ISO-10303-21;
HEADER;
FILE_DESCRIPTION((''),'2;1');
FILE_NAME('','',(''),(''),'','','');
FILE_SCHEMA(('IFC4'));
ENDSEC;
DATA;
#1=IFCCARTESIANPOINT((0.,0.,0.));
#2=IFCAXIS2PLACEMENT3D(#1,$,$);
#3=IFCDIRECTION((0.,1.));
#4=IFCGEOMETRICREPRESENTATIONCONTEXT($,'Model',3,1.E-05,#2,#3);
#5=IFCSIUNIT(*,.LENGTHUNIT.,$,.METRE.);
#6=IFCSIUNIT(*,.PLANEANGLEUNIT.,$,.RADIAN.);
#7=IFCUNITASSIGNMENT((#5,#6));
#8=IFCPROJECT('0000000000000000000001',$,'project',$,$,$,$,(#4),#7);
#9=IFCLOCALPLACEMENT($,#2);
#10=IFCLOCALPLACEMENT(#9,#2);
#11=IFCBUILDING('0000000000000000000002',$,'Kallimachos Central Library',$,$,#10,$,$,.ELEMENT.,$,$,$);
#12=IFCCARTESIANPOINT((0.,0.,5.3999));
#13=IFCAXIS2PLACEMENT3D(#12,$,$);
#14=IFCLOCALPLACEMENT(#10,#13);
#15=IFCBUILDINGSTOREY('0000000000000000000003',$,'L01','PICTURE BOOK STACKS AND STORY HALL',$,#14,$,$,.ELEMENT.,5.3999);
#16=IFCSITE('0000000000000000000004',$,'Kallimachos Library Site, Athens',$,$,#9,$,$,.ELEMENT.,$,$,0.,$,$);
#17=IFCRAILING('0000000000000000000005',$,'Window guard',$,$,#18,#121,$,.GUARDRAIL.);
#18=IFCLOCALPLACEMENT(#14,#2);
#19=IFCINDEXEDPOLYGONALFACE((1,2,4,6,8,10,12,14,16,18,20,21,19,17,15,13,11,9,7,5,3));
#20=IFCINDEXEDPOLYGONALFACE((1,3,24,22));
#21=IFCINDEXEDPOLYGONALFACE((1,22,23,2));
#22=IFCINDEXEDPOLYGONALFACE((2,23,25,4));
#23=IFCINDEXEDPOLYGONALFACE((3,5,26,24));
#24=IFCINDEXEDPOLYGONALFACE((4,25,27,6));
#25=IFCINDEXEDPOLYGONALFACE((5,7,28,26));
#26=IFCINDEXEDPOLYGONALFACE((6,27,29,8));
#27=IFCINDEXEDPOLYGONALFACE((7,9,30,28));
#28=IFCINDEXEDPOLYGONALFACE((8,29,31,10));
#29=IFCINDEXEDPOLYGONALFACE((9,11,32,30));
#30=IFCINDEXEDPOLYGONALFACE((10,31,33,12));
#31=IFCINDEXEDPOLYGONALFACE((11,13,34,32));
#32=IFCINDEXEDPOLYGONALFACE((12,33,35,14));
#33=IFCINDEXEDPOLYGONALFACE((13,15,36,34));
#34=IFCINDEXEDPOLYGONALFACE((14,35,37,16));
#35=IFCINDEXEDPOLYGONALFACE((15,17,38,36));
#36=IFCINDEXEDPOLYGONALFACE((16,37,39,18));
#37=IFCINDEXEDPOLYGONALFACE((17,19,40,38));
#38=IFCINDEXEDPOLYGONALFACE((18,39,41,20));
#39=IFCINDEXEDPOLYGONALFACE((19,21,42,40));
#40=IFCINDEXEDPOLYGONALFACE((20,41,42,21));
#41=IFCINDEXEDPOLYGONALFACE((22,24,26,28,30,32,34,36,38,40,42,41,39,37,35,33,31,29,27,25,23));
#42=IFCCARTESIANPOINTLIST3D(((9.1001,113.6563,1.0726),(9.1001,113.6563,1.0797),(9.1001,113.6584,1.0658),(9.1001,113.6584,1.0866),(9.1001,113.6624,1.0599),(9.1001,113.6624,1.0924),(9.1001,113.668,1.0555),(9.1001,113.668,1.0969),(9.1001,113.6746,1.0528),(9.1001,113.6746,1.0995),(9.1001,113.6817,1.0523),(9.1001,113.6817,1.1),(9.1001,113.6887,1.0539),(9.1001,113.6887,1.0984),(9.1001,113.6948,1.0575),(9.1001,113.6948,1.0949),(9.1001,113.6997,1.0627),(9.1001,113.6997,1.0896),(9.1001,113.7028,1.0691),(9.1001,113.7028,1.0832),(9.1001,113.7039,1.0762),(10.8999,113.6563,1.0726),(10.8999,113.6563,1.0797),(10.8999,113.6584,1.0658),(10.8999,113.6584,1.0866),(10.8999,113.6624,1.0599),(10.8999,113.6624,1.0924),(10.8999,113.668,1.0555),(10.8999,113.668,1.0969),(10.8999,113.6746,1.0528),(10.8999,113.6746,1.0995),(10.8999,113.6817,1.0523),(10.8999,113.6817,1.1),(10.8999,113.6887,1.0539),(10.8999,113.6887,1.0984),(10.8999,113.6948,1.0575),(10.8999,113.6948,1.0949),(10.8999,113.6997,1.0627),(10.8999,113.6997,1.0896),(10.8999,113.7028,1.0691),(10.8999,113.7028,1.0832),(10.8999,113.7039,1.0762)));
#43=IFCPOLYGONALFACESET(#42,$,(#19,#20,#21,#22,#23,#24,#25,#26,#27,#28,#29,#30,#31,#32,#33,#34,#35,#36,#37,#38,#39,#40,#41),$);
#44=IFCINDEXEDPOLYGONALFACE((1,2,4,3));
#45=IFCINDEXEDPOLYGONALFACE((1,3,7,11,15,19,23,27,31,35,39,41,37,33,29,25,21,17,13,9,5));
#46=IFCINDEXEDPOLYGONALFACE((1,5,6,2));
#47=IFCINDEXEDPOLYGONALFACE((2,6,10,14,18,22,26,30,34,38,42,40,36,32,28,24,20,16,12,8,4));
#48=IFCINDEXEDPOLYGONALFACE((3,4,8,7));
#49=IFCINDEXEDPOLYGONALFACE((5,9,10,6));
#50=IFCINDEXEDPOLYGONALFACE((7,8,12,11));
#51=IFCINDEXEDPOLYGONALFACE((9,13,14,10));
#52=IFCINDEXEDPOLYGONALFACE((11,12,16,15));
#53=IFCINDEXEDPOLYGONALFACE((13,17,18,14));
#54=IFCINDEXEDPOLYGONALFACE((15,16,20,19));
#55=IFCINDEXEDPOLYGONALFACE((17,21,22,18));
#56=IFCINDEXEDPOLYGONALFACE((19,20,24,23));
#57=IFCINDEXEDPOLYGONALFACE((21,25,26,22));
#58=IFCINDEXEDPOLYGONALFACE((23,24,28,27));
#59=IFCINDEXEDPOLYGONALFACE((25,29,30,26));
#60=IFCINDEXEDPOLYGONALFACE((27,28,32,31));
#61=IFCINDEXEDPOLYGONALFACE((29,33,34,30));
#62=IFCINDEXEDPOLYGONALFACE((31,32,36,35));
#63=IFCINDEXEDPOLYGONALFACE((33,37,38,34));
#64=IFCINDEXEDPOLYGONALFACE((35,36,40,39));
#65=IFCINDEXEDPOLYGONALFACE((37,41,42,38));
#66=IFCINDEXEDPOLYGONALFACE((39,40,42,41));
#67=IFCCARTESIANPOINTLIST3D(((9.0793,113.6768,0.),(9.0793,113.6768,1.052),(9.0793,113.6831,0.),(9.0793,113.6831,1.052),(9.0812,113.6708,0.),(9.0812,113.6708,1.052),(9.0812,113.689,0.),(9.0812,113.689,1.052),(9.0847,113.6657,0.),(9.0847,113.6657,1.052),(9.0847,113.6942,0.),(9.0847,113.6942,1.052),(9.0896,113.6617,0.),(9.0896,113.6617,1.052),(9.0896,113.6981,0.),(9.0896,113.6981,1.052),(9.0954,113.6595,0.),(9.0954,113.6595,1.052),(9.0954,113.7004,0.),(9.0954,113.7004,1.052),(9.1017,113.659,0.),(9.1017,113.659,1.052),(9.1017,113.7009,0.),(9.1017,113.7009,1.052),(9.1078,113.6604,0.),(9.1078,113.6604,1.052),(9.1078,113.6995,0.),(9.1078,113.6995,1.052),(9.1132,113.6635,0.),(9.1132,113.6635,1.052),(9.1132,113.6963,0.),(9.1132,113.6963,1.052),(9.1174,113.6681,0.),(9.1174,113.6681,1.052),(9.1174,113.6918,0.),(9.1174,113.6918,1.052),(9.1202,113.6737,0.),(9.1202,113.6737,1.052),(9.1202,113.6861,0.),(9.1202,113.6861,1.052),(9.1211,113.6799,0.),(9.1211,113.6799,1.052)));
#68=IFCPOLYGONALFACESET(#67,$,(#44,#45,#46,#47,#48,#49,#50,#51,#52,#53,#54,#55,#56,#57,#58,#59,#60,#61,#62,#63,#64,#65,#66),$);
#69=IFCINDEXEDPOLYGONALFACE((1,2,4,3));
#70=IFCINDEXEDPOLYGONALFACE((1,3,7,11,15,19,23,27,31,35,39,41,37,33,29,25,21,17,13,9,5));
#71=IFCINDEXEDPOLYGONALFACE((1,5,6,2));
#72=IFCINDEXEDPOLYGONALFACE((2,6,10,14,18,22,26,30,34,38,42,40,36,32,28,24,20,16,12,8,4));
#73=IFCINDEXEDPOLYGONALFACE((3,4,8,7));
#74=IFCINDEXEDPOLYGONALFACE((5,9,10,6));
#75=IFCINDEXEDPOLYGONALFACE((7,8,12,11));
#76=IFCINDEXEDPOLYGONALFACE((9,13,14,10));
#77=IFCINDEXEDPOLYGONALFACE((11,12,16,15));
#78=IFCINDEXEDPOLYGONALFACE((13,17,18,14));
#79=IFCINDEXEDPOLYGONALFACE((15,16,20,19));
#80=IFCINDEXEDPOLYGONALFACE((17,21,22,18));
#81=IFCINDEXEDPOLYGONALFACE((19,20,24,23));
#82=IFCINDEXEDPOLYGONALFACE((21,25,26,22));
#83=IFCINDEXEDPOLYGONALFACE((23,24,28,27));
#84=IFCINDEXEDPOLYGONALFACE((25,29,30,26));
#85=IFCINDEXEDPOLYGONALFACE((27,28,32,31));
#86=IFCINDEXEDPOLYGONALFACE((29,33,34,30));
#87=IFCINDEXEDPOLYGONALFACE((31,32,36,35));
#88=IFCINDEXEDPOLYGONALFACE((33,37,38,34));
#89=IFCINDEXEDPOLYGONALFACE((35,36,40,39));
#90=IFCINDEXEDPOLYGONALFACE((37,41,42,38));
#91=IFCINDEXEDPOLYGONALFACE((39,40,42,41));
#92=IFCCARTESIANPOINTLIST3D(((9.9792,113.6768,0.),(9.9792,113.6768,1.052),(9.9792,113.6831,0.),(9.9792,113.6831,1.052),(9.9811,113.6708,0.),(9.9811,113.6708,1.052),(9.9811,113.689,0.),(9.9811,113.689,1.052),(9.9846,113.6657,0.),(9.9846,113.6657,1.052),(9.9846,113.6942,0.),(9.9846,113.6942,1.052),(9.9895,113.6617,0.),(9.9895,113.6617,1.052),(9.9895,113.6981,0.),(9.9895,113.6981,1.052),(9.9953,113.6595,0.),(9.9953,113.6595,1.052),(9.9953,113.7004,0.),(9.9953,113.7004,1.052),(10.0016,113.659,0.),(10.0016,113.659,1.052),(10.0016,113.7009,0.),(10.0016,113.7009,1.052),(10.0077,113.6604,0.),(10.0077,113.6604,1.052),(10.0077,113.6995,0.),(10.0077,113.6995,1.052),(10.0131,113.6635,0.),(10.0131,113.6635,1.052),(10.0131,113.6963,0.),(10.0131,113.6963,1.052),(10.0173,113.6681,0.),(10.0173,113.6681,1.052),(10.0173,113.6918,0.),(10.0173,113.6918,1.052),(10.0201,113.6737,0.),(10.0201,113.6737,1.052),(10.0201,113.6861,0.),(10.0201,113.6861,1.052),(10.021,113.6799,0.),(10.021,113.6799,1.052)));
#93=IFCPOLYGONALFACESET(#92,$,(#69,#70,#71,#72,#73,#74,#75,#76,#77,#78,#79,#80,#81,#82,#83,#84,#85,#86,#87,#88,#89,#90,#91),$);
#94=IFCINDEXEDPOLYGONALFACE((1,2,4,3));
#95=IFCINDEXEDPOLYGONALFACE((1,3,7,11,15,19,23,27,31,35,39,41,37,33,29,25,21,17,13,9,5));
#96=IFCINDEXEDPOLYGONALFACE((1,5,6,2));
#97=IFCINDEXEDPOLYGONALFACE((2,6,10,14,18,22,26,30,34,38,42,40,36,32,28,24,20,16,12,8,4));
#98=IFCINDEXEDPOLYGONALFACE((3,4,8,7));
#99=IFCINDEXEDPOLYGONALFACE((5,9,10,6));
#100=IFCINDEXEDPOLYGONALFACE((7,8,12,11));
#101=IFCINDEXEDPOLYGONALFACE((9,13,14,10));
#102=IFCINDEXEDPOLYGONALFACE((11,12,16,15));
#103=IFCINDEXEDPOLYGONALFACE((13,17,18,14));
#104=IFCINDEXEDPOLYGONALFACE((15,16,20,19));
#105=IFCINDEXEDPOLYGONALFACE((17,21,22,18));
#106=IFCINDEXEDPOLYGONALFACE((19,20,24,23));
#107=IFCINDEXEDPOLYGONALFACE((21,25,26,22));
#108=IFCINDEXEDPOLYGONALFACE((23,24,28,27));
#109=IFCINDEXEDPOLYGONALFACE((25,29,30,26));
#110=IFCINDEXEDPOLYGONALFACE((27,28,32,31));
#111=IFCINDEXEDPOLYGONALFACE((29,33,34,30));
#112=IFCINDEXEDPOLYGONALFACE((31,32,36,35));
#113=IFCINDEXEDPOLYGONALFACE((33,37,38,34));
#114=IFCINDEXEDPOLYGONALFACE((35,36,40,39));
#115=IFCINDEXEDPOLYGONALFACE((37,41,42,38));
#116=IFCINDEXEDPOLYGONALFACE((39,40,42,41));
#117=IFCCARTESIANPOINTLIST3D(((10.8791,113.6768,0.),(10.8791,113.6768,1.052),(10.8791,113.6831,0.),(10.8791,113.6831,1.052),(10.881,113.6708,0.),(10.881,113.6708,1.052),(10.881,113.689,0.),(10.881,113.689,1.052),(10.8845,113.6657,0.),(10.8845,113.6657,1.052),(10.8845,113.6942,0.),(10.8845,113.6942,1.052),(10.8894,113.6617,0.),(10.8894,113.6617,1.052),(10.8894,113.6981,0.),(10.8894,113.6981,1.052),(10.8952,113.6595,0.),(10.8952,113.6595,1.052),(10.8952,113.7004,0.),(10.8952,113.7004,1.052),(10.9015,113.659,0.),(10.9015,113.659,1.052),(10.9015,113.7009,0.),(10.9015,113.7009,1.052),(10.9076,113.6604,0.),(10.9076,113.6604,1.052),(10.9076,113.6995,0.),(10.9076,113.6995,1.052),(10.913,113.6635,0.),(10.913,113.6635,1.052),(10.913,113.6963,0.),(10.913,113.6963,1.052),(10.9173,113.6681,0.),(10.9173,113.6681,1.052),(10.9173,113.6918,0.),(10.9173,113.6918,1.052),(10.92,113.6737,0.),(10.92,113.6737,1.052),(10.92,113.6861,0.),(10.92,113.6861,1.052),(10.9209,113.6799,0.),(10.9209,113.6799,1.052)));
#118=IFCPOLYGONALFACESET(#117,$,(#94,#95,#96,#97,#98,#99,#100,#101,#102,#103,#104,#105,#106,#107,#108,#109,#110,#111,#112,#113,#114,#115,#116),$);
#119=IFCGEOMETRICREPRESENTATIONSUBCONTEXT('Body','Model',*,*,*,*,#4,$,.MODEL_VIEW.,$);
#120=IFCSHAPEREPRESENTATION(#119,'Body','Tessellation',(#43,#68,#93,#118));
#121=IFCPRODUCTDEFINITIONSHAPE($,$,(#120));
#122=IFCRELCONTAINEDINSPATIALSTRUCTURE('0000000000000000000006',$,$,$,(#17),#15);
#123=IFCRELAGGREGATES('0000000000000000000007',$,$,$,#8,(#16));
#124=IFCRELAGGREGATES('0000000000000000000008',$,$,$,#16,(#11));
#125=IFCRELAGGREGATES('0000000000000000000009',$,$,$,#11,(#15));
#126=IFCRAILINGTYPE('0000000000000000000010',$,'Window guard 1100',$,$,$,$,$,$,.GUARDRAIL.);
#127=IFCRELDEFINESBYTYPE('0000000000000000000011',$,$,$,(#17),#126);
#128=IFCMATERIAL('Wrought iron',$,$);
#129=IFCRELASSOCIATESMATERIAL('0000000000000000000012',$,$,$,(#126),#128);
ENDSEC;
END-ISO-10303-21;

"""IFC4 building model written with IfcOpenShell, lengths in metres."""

from ifc_helpers import new_model, si_unit, direction, frame, origin, origin_2d, place, context, subcontext, project, spatial, circle, extrude, material, type_object, element, save


model = new_model("IFC4")

# Units and contexts
model_context = context("Model", 3, precision=1e-05, world=origin(), true_north=direction((0.0, 1.0)))
body_context = subcontext(model_context, "Body", "Model", "MODEL_VIEW")
ifc_project = project(units=[si_unit("LENGTHUNIT", "METRE"), si_unit("PLANEANGLEUNIT", "RADIAN")], contexts=[model_context])

# Site, building, storey
site_placement = place(None, origin())
site = spatial("IfcSite", under=ifc_project, at=site_placement, Name="Kallimachos Library Site, Athens", CompositionType="ELEMENT", RefElevation=0.0)
building_placement = place(site_placement, origin())
building = spatial("IfcBuilding", under=site, at=building_placement, Name="Kallimachos Central Library", CompositionType="ELEMENT")
storey_placement = place(building_placement, frame((0.0, 0.0, 5.3999)))
storey = spatial("IfcBuildingStorey", under=building, at=storey_placement, Name="L01", Description="PICTURE BOOK STACKS AND STORY HALL", CompositionType="ELEMENT", Elevation=5.3999)

# Railing
ifc_material_1 = material(Name="Wrought iron")
railing_type = type_object("IfcRailingType", Name="Window guard 1100", PredefinedType="GUARDRAIL", material=ifc_material_1)
for number, where, name in (
    (1, (9.1001, 113.6799, 0.0), "Window guard"),
):
    element("IfcRailing", number, at=place(storey_placement, frame(where)), inside=storey, type_object=railing_type, Name=name, PredefinedType="GUARDRAIL", context=body_context, shape_type="SweptSolid", body=[
        extrude(circle(Radius=0.0239, at=origin_2d()), frame((0.0, 0.0, 1.0762), z_axis=(1.0, 0.0, 0.0), x_axis=(0.0, 1.0, 0.0)), (0.0, 0.0, 1.0), 1.7998),
        extrude(circle(Radius=0.021, at=origin_2d()), origin(), (0.0, 0.0, 1.0), 1.052),
        extrude(circle(Radius=0.021, at=origin_2d()), frame((0.8999, 0.0, 0.0)), (0.0, 0.0, 1.0), 1.052),
        extrude(circle(Radius=0.021, at=origin_2d()), frame((1.7998, 0.0, 0.0)), (0.0, 0.0, 1.0), 1.052),
    ])

save(model, "model.ifc")
